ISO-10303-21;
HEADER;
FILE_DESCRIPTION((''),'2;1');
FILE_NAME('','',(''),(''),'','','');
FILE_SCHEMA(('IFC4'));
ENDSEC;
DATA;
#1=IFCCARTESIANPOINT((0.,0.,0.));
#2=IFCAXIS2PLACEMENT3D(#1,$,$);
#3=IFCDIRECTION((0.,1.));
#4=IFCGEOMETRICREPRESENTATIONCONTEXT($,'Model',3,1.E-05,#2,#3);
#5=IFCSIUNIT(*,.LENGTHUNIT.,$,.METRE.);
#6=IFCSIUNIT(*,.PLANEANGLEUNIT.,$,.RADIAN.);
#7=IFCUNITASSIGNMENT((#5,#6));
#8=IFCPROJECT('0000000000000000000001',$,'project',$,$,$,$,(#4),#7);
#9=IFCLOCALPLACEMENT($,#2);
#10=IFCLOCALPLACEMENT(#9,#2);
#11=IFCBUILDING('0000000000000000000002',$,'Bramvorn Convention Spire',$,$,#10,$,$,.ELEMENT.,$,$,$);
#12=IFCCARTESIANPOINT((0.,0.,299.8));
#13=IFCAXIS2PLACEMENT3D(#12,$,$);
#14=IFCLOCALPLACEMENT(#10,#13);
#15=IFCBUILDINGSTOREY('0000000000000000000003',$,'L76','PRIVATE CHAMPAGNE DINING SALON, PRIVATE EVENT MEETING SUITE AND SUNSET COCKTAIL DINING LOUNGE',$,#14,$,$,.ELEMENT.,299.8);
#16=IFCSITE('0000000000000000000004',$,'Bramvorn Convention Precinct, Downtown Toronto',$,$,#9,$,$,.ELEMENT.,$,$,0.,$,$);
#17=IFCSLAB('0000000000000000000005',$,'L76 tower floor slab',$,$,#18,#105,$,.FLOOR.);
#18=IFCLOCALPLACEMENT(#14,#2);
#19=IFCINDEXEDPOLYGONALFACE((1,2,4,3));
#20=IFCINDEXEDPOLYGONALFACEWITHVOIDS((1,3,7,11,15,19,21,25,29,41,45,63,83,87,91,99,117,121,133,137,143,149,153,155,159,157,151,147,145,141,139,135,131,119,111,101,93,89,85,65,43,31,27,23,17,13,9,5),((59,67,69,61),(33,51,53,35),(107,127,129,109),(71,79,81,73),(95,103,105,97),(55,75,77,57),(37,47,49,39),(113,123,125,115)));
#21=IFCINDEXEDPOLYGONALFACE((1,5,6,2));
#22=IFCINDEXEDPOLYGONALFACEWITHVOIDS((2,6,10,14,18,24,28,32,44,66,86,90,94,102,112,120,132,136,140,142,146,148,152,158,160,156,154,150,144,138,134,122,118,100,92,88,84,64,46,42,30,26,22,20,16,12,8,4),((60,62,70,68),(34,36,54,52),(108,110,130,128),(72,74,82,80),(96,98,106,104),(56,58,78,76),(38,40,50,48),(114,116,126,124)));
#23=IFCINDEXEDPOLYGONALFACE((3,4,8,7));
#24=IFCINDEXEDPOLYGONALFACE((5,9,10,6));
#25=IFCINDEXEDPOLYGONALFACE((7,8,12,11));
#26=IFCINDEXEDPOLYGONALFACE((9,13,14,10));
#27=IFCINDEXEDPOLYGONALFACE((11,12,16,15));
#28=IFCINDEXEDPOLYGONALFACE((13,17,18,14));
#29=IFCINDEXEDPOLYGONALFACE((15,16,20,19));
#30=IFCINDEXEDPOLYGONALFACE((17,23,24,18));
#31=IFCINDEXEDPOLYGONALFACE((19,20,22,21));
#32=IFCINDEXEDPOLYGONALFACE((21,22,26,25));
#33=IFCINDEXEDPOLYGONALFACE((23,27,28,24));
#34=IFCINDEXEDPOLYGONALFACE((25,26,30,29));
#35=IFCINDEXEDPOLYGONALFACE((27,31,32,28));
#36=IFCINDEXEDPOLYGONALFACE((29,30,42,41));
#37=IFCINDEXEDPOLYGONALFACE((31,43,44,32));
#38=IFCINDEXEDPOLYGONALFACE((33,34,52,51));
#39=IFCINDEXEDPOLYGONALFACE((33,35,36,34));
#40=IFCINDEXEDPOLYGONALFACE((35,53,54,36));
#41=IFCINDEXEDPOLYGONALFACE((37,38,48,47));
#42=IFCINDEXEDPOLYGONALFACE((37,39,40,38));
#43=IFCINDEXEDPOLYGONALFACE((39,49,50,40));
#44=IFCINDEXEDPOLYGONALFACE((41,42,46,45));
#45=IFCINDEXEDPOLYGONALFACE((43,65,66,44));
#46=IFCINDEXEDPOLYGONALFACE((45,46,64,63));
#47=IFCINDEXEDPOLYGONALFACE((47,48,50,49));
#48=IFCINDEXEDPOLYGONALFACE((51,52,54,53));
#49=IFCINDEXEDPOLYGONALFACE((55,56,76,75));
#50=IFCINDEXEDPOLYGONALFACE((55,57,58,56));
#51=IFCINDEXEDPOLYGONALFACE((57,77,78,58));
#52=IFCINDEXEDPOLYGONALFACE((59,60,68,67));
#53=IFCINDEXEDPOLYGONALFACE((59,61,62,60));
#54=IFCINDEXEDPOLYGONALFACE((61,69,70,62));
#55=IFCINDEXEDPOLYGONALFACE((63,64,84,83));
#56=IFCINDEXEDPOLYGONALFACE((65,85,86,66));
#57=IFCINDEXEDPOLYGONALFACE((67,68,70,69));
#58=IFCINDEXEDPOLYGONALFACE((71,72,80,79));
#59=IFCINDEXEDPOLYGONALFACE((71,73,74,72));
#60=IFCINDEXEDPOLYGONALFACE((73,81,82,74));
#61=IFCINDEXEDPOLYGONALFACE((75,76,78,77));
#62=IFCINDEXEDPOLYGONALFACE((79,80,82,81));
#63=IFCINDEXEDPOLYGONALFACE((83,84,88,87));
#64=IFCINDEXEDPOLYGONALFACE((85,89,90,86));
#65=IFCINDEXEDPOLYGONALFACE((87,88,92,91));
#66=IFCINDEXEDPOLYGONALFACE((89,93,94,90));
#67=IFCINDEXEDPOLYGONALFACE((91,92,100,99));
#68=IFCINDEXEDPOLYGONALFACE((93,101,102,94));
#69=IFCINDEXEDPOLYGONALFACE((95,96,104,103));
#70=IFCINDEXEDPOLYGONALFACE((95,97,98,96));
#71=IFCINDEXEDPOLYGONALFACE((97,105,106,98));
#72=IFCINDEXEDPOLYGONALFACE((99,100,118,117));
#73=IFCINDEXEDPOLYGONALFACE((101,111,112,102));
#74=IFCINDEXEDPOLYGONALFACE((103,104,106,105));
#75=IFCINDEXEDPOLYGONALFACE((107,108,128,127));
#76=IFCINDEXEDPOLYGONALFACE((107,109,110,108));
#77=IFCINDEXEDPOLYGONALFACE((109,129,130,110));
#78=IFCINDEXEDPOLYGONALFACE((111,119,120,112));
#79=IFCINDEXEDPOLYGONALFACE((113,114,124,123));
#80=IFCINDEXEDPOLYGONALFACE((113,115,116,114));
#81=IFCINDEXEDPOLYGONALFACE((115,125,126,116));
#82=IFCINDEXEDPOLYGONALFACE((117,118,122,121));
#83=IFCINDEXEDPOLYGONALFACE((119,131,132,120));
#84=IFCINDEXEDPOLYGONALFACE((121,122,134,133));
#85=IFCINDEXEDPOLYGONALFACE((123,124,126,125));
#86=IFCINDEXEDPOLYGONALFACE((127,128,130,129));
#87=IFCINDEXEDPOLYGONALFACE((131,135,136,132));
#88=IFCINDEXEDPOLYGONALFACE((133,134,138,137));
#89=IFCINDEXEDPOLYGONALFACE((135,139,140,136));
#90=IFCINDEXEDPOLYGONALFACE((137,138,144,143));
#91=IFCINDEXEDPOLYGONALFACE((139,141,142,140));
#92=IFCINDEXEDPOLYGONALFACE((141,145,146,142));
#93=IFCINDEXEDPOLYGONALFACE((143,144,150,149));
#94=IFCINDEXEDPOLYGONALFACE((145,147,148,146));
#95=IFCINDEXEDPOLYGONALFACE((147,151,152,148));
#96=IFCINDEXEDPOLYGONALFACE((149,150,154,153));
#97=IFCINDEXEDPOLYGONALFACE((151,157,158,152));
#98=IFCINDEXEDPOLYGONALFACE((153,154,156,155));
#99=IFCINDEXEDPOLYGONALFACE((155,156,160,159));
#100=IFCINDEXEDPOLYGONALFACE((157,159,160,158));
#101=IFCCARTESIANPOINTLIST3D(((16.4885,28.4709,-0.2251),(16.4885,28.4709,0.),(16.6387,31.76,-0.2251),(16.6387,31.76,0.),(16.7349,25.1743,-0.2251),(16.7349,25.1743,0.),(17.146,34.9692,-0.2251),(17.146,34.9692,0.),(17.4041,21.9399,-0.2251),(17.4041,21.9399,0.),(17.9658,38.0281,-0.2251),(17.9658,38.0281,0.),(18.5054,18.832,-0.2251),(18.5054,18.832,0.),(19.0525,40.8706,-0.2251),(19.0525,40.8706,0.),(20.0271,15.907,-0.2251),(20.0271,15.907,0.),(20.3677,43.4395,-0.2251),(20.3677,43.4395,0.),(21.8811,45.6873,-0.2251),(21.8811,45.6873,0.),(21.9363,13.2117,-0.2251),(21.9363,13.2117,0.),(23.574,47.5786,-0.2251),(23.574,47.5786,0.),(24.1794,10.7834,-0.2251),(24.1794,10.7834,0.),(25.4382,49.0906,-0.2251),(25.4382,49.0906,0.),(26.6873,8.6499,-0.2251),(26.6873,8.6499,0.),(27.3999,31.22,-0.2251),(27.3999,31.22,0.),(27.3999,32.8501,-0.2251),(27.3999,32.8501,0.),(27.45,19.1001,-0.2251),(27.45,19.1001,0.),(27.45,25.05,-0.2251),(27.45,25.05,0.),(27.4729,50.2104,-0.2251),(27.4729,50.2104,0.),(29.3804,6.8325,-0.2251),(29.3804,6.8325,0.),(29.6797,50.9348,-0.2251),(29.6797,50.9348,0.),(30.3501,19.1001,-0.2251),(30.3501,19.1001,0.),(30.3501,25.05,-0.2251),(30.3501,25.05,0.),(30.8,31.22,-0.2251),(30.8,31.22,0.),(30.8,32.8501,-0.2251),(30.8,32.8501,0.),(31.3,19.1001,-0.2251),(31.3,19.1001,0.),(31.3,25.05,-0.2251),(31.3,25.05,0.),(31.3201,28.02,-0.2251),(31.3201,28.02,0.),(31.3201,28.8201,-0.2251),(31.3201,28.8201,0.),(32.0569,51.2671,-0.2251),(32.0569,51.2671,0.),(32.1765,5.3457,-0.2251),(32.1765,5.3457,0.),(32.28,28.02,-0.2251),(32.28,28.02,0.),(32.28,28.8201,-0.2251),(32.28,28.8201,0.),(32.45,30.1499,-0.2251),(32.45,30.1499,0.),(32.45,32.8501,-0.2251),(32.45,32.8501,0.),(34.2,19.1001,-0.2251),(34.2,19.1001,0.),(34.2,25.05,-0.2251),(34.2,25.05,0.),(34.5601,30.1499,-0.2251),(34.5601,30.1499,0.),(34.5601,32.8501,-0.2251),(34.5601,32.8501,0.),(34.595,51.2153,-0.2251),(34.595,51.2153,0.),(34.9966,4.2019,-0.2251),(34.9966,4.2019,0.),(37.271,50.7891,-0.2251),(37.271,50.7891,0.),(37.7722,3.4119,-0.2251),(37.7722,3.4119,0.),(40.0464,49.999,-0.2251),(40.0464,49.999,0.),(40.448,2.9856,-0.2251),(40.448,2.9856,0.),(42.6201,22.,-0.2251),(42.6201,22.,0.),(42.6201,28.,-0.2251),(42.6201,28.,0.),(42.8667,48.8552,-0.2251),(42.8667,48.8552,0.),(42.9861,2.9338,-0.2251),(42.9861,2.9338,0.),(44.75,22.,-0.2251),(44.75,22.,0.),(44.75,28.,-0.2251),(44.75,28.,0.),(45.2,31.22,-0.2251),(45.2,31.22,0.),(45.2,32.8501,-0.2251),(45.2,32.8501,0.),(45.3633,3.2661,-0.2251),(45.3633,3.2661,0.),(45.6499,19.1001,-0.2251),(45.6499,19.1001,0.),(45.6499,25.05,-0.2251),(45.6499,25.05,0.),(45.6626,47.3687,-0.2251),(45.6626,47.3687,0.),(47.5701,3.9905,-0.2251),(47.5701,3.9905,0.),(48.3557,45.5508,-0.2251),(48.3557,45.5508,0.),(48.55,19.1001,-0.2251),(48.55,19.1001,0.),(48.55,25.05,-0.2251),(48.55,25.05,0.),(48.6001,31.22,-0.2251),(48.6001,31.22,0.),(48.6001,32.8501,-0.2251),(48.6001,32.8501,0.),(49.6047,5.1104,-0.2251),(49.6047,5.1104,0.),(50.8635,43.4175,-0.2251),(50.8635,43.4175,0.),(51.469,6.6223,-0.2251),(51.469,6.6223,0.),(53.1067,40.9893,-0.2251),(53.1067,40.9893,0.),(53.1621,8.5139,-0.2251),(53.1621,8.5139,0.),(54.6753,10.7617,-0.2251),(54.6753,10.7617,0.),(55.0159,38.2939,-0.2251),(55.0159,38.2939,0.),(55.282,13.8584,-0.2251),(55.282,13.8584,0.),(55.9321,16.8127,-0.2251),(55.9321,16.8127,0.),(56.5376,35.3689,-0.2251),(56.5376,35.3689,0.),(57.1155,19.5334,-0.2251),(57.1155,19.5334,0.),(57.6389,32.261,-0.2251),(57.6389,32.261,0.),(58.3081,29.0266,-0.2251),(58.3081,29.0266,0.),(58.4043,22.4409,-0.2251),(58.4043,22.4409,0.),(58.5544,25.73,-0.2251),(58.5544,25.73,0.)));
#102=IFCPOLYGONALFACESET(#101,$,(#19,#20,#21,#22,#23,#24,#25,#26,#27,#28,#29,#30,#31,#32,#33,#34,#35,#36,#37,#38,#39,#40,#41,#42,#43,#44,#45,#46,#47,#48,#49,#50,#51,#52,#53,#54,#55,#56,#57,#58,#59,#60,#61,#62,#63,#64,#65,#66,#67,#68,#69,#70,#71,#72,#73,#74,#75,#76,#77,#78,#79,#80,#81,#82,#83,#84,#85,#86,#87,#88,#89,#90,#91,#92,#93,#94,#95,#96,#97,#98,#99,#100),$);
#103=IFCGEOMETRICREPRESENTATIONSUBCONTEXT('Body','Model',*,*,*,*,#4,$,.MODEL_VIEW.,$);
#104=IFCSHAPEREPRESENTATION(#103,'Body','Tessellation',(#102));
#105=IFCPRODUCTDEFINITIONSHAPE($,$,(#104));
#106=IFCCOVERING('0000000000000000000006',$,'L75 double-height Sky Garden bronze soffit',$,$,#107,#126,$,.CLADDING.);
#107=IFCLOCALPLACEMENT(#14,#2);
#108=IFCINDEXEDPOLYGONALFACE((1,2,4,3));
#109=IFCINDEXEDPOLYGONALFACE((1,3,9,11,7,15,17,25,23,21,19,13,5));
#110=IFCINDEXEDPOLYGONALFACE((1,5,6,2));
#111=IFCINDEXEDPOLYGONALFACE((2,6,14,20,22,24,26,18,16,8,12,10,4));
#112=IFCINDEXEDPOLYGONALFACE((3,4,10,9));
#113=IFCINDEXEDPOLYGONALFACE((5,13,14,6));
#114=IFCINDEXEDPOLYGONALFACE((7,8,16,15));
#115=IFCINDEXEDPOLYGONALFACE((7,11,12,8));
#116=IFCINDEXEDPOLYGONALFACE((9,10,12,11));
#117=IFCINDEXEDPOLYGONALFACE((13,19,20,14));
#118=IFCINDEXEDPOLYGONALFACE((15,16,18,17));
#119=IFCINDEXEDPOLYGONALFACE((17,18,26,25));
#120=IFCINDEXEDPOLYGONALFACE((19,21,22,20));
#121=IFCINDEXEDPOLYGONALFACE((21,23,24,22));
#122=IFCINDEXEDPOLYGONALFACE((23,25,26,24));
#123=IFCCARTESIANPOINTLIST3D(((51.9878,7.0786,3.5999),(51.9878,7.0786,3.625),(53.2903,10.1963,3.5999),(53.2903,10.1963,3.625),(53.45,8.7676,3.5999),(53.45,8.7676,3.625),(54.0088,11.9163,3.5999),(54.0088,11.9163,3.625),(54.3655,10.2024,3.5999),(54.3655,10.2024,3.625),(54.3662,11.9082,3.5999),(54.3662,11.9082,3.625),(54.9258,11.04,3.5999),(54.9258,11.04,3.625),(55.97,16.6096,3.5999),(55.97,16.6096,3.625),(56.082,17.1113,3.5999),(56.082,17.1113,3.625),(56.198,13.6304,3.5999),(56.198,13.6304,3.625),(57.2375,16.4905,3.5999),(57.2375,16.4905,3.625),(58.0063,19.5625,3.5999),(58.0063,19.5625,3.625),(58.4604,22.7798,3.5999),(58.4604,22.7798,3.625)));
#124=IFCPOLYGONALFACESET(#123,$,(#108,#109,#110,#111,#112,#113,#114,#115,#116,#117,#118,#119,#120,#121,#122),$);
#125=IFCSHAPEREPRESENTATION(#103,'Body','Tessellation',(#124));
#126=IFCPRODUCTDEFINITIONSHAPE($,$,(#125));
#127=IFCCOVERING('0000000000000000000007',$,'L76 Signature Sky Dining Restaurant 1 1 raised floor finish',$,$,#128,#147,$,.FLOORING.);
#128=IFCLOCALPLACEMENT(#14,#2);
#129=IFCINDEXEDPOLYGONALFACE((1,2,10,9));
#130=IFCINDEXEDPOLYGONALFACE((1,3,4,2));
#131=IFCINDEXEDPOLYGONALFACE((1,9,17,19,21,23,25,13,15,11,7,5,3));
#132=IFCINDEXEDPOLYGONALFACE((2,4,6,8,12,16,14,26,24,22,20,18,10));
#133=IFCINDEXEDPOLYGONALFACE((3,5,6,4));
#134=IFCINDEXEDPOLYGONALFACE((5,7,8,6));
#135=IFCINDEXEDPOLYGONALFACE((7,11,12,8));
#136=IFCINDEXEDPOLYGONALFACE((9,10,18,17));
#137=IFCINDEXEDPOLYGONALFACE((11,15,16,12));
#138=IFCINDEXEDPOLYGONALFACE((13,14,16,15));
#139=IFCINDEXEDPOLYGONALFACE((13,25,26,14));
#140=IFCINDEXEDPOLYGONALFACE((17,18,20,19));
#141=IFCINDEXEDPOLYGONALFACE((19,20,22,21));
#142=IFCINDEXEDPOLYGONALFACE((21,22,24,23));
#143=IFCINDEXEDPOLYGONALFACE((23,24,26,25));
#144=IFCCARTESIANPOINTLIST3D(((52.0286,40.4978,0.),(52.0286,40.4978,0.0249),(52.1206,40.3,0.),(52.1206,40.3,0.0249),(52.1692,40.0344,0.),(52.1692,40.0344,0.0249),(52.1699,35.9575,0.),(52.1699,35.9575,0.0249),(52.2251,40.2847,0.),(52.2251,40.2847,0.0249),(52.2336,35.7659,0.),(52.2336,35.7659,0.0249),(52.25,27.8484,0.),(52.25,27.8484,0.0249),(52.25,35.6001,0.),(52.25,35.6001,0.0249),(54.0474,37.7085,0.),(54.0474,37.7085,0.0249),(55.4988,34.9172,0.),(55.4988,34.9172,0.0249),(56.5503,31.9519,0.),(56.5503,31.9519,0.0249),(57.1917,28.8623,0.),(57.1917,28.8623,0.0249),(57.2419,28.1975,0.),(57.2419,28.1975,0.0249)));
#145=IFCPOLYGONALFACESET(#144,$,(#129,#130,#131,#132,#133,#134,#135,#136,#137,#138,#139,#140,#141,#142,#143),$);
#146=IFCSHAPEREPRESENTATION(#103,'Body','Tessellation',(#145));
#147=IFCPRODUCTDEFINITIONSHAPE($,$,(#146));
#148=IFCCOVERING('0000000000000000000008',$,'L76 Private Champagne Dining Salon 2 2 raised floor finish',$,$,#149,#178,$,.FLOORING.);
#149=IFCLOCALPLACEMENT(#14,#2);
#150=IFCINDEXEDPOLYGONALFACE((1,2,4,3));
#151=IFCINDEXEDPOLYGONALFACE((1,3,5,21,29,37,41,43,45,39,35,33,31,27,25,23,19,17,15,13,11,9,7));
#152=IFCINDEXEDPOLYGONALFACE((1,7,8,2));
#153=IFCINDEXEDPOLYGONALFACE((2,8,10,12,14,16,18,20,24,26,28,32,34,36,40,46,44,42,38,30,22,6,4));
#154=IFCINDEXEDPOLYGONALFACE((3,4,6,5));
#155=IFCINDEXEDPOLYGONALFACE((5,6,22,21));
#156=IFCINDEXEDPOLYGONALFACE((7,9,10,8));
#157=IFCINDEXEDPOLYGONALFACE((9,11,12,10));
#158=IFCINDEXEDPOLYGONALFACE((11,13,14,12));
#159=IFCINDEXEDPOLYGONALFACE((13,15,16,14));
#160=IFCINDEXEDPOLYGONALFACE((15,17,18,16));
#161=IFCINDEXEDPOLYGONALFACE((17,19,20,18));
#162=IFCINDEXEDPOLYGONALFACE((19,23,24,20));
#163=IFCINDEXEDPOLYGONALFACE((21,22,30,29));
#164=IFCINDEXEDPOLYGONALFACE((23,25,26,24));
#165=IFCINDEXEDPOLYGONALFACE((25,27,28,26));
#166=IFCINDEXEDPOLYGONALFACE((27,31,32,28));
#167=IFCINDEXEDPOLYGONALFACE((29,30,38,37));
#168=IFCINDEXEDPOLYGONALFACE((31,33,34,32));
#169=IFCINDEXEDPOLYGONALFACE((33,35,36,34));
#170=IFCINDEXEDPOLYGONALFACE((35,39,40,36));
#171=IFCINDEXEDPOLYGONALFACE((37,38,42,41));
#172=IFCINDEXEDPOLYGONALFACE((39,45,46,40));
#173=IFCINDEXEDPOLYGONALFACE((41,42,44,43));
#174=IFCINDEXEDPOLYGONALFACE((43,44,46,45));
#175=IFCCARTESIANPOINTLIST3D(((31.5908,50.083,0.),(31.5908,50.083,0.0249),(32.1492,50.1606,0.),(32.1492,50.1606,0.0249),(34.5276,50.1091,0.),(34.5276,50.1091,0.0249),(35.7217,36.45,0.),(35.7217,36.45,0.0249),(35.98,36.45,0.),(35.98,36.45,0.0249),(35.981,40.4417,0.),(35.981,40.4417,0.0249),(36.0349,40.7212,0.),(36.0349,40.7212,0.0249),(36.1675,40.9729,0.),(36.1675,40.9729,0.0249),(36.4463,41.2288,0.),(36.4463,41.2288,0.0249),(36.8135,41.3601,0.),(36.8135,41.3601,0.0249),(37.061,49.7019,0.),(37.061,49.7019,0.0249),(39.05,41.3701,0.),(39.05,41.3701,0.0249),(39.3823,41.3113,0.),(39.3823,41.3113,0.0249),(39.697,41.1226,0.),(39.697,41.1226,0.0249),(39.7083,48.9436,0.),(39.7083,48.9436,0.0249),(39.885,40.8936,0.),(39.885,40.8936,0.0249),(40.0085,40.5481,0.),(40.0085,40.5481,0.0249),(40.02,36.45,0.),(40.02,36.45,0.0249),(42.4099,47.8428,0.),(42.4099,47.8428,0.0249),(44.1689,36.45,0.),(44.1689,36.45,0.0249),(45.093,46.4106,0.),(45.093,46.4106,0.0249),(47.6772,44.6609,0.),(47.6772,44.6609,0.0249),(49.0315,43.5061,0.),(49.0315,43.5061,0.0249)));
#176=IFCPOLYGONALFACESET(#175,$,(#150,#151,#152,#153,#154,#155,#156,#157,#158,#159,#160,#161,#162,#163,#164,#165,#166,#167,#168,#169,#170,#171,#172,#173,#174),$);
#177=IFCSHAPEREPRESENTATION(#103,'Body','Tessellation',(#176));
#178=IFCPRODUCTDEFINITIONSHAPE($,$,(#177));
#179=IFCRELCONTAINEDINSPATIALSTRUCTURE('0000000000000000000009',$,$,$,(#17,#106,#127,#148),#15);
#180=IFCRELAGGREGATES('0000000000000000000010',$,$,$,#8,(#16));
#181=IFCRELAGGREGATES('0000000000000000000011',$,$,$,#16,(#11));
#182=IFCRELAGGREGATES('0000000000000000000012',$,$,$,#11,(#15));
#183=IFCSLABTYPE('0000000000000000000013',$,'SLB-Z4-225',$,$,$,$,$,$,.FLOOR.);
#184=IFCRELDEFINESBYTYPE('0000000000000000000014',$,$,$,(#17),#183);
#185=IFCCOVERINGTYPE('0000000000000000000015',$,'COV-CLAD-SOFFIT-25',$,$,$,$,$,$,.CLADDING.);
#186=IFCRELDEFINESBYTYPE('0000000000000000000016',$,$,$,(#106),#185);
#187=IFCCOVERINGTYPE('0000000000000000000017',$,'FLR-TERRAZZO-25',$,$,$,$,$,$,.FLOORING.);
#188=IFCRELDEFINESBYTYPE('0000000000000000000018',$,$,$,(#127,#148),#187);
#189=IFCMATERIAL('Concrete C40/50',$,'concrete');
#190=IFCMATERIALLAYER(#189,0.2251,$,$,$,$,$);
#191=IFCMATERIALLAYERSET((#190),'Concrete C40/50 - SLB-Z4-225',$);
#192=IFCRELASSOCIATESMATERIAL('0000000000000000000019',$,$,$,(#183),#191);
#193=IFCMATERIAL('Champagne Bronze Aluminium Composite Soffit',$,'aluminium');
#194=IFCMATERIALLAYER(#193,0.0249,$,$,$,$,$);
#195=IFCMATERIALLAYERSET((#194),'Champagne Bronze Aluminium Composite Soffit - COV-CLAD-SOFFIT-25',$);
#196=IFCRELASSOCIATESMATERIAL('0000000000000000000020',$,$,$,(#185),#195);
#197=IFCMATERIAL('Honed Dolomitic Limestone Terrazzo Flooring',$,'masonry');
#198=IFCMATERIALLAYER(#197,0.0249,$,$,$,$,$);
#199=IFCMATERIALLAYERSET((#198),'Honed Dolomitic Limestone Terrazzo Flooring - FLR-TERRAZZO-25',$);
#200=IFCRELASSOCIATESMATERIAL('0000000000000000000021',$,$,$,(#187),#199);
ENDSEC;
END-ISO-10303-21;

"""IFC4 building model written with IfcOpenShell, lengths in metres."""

from ifc_helpers import new_model, si_unit, direction, frame, origin, place, context, subcontext, project, spatial, polyline, outline, extrude, material, layer, layer_set, type_object, element, save


model = new_model("IFC4")

# Units and contexts
model_context = context("Model", 3, precision=1e-05, world=origin(), true_north=direction((0.0, 1.0)))
body_context = subcontext(model_context, "Body", "Model", "MODEL_VIEW")
ifc_project = project(units=[si_unit("LENGTHUNIT", "METRE"), si_unit("PLANEANGLEUNIT", "RADIAN")], contexts=[model_context])

# Site, building, storey
site_placement = place(None, origin())
site = spatial("IfcSite", under=ifc_project, at=site_placement, Name="Bramvorn Convention Precinct, Downtown Toronto", CompositionType="ELEMENT", RefElevation=0.0)
building_placement = place(site_placement, origin())
building = spatial("IfcBuilding", under=site, at=building_placement, Name="Bramvorn Convention Spire", CompositionType="ELEMENT")
storey_placement = place(building_placement, frame((0.0, 0.0, 299.8)))
storey = spatial("IfcBuildingStorey", under=building, at=storey_placement, Name="L76", Description="PRIVATE CHAMPAGNE DINING SALON, PRIVATE EVENT MEETING SUITE AND SUNSET COCKTAIL DINING LOUNGE", CompositionType="ELEMENT", Elevation=299.8)

# Slab
ifc_material_1 = material(Name="Concrete C40/50", Category="concrete")
ifc_layer_1 = layer(ifc_material_1, 0.2251)
ifc_layer_set_1 = layer_set([ifc_layer_1], Name="Concrete C40/50 - SLB-Z4-225")
slab_type_1 = type_object("IfcSlabType", Name="SLB-Z4-225", PredefinedType="FLOOR", material=ifc_layer_set_1)
slab_1_placement = place(storey_placement, frame((0.0, 0.0, -0.2251)))
element("IfcSlab", 1, at=slab_1_placement, inside=storey, type_object=slab_type_1, Name="L76 tower floor slab", PredefinedType="FLOOR", context=body_context, shape_type="SweptSolid", body=[
    extrude(outline(polyline([(47.5701, 3.9905), (49.6047, 5.1104), (51.469, 6.6223), (53.1621, 8.5139), (54.6753, 10.7617), (55.282, 13.8584), (55.9321, 16.8127), (57.1155, 19.5334), (58.4043, 22.4409), (58.5544, 25.73), (58.3081, 29.0266), (57.6389, 32.261), (56.5376, 35.3689), (55.0159, 38.2939), (53.1067, 40.9893), (50.8635, 43.4175), (48.3557, 45.5508), (45.6626, 47.3687), (42.8667, 48.8552), (40.0464, 49.999), (37.271, 50.7891), (34.595, 51.2153), (32.0569, 51.2671), (29.6797, 50.9348), (27.4729, 50.2104), (25.4382, 49.0906), (23.574, 47.5786), (21.8811, 45.6873), (20.3677, 43.4395), (19.0525, 40.8706), (17.9658, 38.0281), (17.146, 34.9692), (16.6387, 31.76), (16.4885, 28.4709), (16.7349, 25.1743), (17.4041, 21.9399), (18.5054, 18.832), (20.0271, 15.907), (21.9363, 13.2117), (24.1794, 10.7834), (26.6873, 8.6499), (29.3804, 6.8325), (32.1765, 5.3457), (34.9966, 4.2019), (37.7722, 3.4119), (40.448, 2.9856), (42.9861, 2.9338), (45.3633, 3.2661), (47.5701, 3.9905)]), holes=[polyline([(27.45, 25.05), (27.45, 19.1001), (30.3501, 19.1001), (30.3501, 25.05), (27.45, 25.05)]), polyline([(45.6499, 25.05), (45.6499, 19.1001), (48.55, 19.1001), (48.55, 25.05), (45.6499, 25.05)]), polyline([(31.3, 25.05), (31.3, 19.1001), (34.2, 19.1001), (34.2, 25.05), (31.3, 25.05)]), polyline([(27.3999, 31.22), (30.8, 31.22), (30.8, 32.8501), (27.3999, 32.8501), (27.3999, 31.22)]), polyline([(45.2, 31.22), (48.6001, 31.22), (48.6001, 32.8501), (45.2, 32.8501), (45.2, 31.22)]), polyline([(32.45, 30.1499), (34.5601, 30.1499), (34.5601, 32.8501), (32.45, 32.8501), (32.45, 30.1499)]), polyline([(42.6201, 22.0), (44.75, 22.0), (44.75, 28.0), (42.6201, 28.0), (42.6201, 22.0)]), polyline([(31.3201, 28.02), (32.28, 28.02), (32.28, 28.8201), (31.3201, 28.8201), (31.3201, 28.02)])]), origin(), (0.0, 0.0, 1.0), 0.2251),
])

# Coverings
ifc_material_2 = material(Name="Champagne Bronze Aluminium Composite Soffit", Category="aluminium")
ifc_layer_2 = layer(ifc_material_2, 0.0249)
ifc_layer_set_2 = layer_set([ifc_layer_2], Name="Champagne Bronze Aluminium Composite Soffit - COV-CLAD-SOFFIT-25")
covering_type_1 = type_object("IfcCoveringType", Name="COV-CLAD-SOFFIT-25", PredefinedType="CLADDING", material=ifc_layer_set_2)
covering_1_placement = place(storey_placement, frame((0.0, 0.0, 3.5999)))
element("IfcCovering", 2, at=covering_1_placement, inside=storey, type_object=covering_type_1, Name="L75 double-height Sky Garden bronze soffit", PredefinedType="CLADDING", context=body_context, shape_type="SweptSolid", body=[
    extrude(outline(polyline([(55.97, 16.6096), (54.0088, 11.9163), (54.3662, 11.9082), (54.3655, 10.2024), (53.2903, 10.1963), (51.9878, 7.0786), (53.45, 8.7676), (54.9258, 11.04), (56.198, 13.6304), (57.2375, 16.4905), (58.0063, 19.5625), (58.4604, 22.7798), (56.082, 17.1113), (55.97, 16.6096)])), origin(), (0.0, 0.0, 1.0), 0.0251),
])
ifc_material_3 = material(Name="Honed Dolomitic Limestone Terrazzo Flooring", Category="masonry")
ifc_layer_3 = layer(ifc_material_3, 0.0249)
ifc_layer_set_3 = layer_set([ifc_layer_3], Name="Honed Dolomitic Limestone Terrazzo Flooring - FLR-TERRAZZO-25")
covering_type_2 = type_object("IfcCoveringType", Name="FLR-TERRAZZO-25", PredefinedType="FLOORING", material=ifc_layer_set_3)
covering_2_placement = place(storey_placement, origin())
element("IfcCovering", 3, at=covering_2_placement, inside=storey, type_object=covering_type_2, Name="L76 Signature Sky Dining Restaurant 1 1 raised floor finish", PredefinedType="FLOORING", context=body_context, shape_type="SweptSolid", body=[
    extrude(outline(polyline([(52.1206, 40.3), (52.1692, 40.0344), (52.1699, 35.9575), (52.2336, 35.7659), (52.25, 35.6001), (52.25, 27.8484), (57.2419, 28.1975), (57.1917, 28.8623), (56.5503, 31.9519), (55.4988, 34.9172), (54.0474, 37.7085), (52.2251, 40.2847), (52.0286, 40.4978), (52.1206, 40.3)])), origin(), (0.0, 0.0, 1.0), 0.0249),
])
covering_3_placement = place(storey_placement, origin())
element("IfcCovering", 4, at=covering_3_placement, inside=storey, type_object=covering_type_2, Name="L76 Private Champagne Dining Salon 2 2 raised floor finish", PredefinedType="FLOORING", context=body_context, shape_type="SweptSolid", body=[
    extrude(outline(polyline([(32.1492, 50.1606), (31.5908, 50.083), (35.7217, 36.45), (35.98, 36.45), (35.981, 40.4417), (36.0349, 40.7212), (36.1675, 40.9729), (36.4463, 41.2288), (36.8135, 41.3601), (39.05, 41.3701), (39.3823, 41.3113), (39.697, 41.1226), (39.885, 40.8936), (40.0085, 40.5481), (40.02, 36.45), (44.1689, 36.45), (49.0315, 43.5061), (47.6772, 44.6609), (45.093, 46.4106), (42.4099, 47.8428), (39.7083, 48.9436), (37.061, 49.7019), (34.5276, 50.1091), (32.1492, 50.1606)])), origin(), (0.0, 0.0, 1.0), 0.0249),
])

save(model, "model.ifc")
